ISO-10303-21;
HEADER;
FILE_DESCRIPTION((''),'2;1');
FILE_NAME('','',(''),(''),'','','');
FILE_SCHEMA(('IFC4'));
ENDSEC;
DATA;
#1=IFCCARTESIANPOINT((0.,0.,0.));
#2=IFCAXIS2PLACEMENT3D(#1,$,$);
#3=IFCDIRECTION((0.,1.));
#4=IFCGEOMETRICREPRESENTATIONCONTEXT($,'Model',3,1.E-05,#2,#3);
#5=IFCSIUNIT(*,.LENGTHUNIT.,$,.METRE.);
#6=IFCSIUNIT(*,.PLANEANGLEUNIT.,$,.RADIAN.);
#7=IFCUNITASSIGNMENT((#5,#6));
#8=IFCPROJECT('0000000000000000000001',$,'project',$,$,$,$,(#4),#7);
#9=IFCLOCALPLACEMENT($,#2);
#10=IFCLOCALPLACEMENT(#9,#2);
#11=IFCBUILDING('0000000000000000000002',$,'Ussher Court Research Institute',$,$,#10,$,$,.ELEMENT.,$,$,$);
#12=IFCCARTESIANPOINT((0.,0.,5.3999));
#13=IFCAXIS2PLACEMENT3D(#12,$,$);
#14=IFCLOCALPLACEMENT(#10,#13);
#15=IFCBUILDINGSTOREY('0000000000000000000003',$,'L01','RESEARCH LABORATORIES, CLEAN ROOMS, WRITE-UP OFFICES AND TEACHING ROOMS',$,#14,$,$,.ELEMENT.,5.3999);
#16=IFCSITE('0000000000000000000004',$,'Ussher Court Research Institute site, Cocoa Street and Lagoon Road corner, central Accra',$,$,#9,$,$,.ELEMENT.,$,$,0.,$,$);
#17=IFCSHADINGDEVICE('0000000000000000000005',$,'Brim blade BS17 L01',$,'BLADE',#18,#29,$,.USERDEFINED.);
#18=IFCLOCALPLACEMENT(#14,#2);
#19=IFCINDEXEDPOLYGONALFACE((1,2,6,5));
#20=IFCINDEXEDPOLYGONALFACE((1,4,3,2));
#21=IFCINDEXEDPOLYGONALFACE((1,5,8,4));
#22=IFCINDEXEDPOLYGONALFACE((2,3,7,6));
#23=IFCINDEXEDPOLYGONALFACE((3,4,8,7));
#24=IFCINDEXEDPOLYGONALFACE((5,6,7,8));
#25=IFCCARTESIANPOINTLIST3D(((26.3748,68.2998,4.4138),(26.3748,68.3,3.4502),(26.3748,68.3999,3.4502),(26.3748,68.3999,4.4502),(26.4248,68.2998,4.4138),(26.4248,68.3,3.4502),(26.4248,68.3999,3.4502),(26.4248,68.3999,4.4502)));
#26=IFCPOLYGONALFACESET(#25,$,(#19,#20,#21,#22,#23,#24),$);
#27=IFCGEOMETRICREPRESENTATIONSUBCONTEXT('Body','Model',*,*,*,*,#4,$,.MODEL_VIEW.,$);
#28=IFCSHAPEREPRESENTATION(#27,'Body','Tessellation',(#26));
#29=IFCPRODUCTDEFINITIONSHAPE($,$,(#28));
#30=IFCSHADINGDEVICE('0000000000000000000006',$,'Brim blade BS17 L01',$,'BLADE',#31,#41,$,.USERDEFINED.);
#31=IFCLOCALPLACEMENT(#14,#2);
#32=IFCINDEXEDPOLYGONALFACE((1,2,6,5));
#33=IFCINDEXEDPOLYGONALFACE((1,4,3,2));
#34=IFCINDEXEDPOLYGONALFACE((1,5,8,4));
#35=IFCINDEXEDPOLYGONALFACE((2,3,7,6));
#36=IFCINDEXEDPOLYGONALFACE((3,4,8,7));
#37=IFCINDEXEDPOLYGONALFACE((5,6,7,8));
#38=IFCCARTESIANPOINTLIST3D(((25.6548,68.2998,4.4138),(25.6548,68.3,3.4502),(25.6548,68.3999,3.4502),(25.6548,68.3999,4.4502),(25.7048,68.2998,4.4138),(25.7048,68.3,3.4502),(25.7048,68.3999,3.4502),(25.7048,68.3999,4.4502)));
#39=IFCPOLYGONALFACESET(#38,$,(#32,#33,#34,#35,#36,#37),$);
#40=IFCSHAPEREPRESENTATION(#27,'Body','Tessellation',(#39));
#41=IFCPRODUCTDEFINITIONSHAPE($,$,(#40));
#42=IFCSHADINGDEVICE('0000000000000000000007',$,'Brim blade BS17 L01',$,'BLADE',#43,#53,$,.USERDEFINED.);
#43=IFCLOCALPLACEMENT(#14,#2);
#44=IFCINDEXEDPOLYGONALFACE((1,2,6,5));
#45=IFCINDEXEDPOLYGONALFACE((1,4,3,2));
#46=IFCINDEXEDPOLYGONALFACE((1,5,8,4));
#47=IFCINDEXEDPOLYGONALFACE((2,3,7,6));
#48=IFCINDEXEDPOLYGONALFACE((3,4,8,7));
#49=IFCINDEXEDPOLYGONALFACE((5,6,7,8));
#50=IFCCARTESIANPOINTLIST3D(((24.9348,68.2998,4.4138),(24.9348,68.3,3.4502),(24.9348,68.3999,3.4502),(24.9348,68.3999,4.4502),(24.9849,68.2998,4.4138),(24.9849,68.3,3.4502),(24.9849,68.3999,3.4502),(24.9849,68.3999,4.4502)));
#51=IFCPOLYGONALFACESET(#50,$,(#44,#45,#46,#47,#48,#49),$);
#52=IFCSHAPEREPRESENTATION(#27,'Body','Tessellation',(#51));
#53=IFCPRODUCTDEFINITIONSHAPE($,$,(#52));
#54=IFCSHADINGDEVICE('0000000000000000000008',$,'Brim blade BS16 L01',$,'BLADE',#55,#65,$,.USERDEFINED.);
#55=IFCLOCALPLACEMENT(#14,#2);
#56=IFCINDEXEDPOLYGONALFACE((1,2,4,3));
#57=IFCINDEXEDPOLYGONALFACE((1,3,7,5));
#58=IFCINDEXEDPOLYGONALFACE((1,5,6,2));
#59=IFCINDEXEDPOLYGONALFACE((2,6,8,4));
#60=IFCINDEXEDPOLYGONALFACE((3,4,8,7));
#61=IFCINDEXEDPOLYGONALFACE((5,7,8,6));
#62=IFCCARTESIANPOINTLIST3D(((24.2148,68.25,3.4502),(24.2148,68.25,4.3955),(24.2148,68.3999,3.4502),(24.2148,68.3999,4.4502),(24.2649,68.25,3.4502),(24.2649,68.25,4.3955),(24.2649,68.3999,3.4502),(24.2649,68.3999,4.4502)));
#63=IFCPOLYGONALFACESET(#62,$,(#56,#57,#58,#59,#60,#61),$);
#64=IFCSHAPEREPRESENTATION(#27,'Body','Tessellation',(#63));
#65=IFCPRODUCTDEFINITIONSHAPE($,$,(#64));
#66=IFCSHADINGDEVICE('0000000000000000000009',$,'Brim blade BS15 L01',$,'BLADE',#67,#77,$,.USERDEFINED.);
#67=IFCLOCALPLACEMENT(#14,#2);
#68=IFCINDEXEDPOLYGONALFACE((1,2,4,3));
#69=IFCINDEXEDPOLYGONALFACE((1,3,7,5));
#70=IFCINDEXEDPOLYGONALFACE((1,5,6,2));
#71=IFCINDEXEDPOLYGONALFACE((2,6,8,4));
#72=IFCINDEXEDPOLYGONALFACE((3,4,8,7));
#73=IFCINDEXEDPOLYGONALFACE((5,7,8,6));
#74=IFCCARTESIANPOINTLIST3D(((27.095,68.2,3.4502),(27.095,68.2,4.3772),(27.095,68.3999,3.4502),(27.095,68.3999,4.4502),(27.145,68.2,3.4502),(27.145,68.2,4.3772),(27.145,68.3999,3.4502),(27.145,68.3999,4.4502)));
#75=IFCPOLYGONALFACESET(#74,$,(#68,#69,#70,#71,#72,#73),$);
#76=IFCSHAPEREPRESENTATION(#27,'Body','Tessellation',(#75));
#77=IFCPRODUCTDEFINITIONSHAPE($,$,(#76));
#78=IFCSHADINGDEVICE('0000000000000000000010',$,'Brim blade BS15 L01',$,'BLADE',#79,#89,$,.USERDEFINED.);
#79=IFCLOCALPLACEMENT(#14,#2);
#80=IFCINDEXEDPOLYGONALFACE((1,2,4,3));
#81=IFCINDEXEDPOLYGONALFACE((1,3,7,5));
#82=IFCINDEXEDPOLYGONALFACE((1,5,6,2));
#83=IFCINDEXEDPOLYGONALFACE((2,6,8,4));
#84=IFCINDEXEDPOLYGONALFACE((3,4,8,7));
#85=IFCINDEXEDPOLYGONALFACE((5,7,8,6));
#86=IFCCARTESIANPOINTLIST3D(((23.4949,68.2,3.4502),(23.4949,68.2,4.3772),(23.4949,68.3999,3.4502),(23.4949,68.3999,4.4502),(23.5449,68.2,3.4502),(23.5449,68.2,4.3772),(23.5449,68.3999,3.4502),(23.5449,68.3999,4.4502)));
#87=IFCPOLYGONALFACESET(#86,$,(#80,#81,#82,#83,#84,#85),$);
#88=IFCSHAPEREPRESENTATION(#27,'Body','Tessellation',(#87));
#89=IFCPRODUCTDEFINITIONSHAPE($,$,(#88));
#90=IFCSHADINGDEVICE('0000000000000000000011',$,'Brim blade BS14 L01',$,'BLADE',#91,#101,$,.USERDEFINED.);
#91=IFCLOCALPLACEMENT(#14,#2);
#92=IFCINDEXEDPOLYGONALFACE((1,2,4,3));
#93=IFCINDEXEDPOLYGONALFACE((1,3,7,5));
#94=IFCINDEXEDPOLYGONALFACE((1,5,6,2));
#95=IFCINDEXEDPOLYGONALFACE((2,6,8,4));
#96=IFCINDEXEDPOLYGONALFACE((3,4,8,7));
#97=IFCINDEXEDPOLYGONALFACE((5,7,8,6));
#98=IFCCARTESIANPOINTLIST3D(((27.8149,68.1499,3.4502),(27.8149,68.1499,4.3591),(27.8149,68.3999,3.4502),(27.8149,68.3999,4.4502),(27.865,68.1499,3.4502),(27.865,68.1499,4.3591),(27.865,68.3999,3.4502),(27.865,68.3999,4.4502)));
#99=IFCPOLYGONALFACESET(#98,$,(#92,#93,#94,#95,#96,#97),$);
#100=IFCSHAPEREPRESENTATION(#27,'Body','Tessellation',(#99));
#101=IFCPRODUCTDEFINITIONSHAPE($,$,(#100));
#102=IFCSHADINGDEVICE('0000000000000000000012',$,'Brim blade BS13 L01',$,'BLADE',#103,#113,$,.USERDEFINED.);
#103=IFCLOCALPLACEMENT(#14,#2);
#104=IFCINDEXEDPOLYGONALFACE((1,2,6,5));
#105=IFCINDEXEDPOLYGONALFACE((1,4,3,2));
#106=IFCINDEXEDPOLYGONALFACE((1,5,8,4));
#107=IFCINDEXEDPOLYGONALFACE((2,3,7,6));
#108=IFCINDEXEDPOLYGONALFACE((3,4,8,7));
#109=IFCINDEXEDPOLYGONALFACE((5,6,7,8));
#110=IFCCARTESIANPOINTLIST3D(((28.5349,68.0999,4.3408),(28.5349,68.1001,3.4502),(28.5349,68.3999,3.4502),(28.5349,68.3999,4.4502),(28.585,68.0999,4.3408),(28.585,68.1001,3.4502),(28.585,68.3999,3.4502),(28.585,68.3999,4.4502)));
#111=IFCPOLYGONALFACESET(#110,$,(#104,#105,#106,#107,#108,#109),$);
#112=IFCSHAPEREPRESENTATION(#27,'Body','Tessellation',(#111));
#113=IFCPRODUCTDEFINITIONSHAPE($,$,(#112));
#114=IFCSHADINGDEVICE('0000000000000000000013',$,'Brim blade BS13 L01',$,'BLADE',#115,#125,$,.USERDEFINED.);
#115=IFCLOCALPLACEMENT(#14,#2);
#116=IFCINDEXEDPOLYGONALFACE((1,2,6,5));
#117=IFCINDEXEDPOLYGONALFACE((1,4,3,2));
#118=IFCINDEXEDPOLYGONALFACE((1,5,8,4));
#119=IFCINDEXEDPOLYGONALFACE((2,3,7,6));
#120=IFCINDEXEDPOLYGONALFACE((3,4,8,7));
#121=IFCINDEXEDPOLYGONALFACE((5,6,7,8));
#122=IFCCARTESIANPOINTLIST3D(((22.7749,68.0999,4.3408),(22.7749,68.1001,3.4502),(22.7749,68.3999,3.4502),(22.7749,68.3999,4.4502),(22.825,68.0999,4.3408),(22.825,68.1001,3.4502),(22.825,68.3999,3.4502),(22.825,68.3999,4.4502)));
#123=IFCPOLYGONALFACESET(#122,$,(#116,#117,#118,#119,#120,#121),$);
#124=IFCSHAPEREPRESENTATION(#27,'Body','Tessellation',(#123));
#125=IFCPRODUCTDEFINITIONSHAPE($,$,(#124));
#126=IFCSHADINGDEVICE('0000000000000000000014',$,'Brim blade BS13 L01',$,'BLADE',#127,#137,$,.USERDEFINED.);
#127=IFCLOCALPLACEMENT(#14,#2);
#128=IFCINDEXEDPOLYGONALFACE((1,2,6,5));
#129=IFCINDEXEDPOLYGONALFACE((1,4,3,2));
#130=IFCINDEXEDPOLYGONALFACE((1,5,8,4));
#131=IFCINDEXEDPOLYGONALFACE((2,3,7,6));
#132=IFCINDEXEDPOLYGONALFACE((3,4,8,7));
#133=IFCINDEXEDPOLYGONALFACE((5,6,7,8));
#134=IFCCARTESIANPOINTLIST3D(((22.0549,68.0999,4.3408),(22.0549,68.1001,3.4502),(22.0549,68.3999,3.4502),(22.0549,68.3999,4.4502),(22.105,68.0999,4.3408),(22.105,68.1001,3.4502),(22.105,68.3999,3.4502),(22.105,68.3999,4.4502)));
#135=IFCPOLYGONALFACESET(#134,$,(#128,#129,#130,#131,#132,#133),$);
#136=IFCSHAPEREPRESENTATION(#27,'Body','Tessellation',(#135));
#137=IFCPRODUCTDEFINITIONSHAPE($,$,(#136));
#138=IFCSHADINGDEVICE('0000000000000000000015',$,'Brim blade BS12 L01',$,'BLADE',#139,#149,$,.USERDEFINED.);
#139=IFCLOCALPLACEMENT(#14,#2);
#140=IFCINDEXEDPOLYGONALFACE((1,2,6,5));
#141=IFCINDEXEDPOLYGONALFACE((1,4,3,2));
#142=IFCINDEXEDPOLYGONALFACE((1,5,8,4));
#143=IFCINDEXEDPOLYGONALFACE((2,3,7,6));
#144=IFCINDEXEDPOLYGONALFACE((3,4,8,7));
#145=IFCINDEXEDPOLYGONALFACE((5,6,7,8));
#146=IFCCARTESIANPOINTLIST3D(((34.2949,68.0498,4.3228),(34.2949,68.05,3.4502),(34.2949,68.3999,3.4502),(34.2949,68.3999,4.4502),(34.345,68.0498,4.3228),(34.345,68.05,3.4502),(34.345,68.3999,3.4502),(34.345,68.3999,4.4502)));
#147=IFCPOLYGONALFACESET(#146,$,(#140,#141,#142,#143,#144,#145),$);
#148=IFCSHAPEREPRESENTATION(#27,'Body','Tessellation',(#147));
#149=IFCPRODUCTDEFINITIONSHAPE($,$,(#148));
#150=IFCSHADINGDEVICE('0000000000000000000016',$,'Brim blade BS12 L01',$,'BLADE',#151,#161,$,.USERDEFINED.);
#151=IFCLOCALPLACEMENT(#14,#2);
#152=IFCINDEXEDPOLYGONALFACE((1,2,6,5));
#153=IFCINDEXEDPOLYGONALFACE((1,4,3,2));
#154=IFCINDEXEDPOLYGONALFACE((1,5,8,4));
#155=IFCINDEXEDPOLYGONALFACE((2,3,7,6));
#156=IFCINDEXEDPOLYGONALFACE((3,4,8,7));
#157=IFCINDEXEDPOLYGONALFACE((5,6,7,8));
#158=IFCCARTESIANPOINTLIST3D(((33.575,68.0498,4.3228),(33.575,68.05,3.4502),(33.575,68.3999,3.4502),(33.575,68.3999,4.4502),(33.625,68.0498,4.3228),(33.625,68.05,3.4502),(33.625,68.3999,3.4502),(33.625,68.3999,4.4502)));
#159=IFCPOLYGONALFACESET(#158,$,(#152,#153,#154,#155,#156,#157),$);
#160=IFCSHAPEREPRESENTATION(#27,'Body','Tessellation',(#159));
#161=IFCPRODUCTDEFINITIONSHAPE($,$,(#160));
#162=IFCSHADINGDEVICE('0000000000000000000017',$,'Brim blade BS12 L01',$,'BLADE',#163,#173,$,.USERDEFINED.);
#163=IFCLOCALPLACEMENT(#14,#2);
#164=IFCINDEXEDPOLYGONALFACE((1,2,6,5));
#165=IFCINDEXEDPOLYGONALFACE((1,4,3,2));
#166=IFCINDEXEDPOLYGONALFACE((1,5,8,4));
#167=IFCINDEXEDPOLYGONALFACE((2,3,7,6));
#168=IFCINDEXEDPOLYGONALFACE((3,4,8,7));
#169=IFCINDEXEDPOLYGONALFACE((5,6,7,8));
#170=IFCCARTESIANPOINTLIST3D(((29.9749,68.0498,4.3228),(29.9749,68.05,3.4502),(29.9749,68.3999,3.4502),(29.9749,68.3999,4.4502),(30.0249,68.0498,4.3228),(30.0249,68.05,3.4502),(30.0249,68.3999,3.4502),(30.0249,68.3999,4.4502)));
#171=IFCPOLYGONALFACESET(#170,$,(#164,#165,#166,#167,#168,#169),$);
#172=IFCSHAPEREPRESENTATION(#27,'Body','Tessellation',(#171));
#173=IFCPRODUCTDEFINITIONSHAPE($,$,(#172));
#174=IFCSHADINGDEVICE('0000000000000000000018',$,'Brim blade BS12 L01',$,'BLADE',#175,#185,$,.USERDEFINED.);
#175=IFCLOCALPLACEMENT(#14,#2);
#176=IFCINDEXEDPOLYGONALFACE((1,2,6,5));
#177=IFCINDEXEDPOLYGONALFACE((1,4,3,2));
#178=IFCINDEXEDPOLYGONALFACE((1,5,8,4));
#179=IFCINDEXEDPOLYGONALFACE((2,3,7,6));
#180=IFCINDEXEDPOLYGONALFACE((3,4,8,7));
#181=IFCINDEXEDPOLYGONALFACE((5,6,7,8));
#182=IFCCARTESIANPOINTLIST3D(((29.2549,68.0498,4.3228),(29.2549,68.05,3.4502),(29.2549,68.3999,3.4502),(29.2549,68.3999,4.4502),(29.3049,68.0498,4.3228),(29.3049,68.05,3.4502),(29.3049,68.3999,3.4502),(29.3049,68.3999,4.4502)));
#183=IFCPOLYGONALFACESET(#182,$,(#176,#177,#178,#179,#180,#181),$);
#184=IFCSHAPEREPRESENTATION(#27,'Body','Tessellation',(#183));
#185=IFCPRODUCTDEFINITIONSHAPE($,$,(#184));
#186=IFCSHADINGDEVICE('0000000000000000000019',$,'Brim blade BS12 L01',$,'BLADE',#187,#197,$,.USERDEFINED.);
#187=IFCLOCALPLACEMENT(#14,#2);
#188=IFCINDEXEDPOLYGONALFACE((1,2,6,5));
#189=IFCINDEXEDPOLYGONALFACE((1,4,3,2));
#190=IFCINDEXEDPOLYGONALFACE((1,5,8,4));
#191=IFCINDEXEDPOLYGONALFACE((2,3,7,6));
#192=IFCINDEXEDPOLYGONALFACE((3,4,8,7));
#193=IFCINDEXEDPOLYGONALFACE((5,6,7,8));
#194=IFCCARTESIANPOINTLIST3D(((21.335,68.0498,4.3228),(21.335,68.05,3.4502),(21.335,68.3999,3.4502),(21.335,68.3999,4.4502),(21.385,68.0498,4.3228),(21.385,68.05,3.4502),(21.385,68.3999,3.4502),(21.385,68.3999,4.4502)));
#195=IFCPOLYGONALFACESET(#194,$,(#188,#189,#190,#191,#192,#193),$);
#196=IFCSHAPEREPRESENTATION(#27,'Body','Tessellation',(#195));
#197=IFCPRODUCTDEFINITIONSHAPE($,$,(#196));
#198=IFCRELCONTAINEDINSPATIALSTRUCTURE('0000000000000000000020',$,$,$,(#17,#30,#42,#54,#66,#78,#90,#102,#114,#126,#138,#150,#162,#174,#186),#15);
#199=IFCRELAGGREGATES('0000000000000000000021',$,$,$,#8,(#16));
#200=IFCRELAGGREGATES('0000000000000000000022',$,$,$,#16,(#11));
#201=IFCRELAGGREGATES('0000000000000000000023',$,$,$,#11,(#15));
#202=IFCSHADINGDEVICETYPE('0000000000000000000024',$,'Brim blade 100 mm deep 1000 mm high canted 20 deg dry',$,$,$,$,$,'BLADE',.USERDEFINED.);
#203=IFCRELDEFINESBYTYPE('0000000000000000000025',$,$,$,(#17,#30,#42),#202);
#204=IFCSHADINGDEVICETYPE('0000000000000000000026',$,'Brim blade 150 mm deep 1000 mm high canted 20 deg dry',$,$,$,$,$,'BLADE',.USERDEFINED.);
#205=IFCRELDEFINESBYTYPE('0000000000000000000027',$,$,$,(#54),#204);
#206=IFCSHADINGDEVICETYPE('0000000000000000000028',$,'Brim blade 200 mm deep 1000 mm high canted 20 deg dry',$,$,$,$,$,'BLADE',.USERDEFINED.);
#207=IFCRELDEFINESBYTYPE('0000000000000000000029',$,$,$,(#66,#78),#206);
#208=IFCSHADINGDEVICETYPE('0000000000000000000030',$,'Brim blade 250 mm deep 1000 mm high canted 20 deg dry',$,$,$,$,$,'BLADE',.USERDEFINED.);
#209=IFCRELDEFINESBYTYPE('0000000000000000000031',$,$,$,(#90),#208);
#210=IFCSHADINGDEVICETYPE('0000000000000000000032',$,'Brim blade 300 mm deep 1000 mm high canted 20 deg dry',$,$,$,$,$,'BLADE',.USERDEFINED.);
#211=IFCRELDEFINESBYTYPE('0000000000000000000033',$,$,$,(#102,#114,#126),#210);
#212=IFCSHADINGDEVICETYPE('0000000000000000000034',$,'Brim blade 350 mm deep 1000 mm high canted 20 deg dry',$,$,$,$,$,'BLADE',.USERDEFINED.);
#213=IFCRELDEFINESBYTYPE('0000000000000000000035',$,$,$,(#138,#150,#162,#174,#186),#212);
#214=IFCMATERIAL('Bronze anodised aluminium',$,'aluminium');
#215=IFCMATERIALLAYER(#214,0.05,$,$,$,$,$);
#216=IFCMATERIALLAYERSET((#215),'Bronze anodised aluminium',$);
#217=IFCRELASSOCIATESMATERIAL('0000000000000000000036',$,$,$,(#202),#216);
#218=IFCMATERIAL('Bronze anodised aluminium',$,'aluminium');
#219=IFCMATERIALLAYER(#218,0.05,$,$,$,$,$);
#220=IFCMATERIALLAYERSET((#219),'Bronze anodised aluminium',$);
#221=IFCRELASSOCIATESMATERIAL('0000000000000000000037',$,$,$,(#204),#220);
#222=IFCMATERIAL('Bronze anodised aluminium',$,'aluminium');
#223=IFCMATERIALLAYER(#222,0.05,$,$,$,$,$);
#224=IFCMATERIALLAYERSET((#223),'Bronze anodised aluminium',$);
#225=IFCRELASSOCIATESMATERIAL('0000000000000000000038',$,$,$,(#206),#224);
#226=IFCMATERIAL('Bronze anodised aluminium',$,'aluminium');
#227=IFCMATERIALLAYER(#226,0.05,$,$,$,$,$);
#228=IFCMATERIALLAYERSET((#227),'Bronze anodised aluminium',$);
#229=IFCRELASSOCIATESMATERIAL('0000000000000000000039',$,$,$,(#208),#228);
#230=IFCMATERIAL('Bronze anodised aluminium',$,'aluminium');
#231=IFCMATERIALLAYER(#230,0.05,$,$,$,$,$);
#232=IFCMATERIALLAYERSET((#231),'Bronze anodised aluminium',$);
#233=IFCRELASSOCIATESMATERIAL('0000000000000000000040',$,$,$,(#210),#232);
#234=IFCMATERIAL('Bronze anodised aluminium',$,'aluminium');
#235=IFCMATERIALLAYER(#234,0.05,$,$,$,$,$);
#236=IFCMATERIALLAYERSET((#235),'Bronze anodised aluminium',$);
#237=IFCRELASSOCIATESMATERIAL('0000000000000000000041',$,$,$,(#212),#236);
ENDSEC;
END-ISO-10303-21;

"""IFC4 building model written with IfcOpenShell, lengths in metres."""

from ifc_helpers import new_model, si_unit, direction, frame, origin, place, context, subcontext, project, spatial, polyline, outline, extrude, material, layer, layer_set, type_object, element, save


model = new_model("IFC4")

# Units and contexts
model_context = context("Model", 3, precision=1e-05, world=origin(), true_north=direction((0.0, 1.0)))
body_context = subcontext(model_context, "Body", "Model", "MODEL_VIEW")
ifc_project = project(units=[si_unit("LENGTHUNIT", "METRE"), si_unit("PLANEANGLEUNIT", "RADIAN")], contexts=[model_context])

# Site, building, storey
site_placement = place(None, origin())
site = spatial("IfcSite", under=ifc_project, at=site_placement, Name="Ussher Court Research Institute site, Cocoa Street and Lagoon Road corner, central Accra", CompositionType="ELEMENT", RefElevation=0.0)
building_placement = place(site_placement, origin())
building = spatial("IfcBuilding", under=site, at=building_placement, Name="Ussher Court Research Institute", CompositionType="ELEMENT")
storey_placement = place(building_placement, frame((0.0, 0.0, 5.3999)))
storey = spatial("IfcBuildingStorey", under=building, at=storey_placement, Name="L01", Description="RESEARCH LABORATORIES, CLEAN ROOMS, WRITE-UP OFFICES AND TEACHING ROOMS", CompositionType="ELEMENT", Elevation=5.3999)

# Shading devices
ifc_material_1 = material(Name="Bronze anodised aluminium", Category="aluminium")
ifc_layer_1 = layer(ifc_material_1, 0.05)
ifc_layer_set_1 = layer_set([ifc_layer_1], Name="Bronze anodised aluminium")
shading_device_type_1 = type_object("IfcShadingDeviceType", Name="Brim blade 100 mm deep 1000 mm high canted 20 deg dry", ElementType="BLADE", PredefinedType="USERDEFINED", material=ifc_layer_set_1)
for number, where, z_axis, x_axis, name in (
    (1, (26.3999, 68.3999, 3.4502), (0.0, 0.0, 1.0), (0.0, -1.0, 0.0), "Brim blade BS17 L01"),
    (2, (25.6799, 68.3999, 3.4502), (0.0, 0.0, 1.0), (0.0, -1.0, 0.0), "Brim blade BS17 L01"),
    (3, (24.96, 68.3999, 3.4502), (0.0, 0.0, 1.0), (0.0, -1.0, 0.0), "Brim blade BS17 L01"),
):
    element("IfcShadingDevice", number, at=place(storey_placement, frame(where, z_axis=z_axis, x_axis=x_axis)), inside=storey, type_object=shading_device_type_1, Name=name, ObjectType="BLADE", PredefinedType="USERDEFINED", context=body_context, shape_type="SweptSolid", body=[
        extrude(outline(polyline([(0.0, 0.0), (0.0999, 0.0), (0.1001, 0.9636), (0.0, 1.0), (0.0, 0.0)])), frame((0.0, 0.0249, 0.0), z_axis=(0.0, -1.0, 0.0), x_axis=(1.0, 0.0, 0.0)), (0.0, 0.0, 1.0), 0.05),
    ])
ifc_material_2 = material(Name="Bronze anodised aluminium", Category="aluminium")
ifc_layer_2 = layer(ifc_material_2, 0.05)
ifc_layer_set_2 = layer_set([ifc_layer_2], Name="Bronze anodised aluminium")
shading_device_type_2 = type_object("IfcShadingDeviceType", Name="Brim blade 150 mm deep 1000 mm high canted 20 deg dry", ElementType="BLADE", PredefinedType="USERDEFINED", material=ifc_layer_set_2)
shading_device_1_placement = place(storey_placement, frame((24.24, 68.3999, 3.4502), z_axis=(0.0, 0.0, 1.0), x_axis=(0.0, -1.0, 0.0)))
element("IfcShadingDevice", 4, at=shading_device_1_placement, inside=storey, type_object=shading_device_type_2, Name="Brim blade BS16 L01", ObjectType="BLADE", PredefinedType="USERDEFINED", context=body_context, shape_type="SweptSolid", body=[
    extrude(outline(polyline([(0.0, 0.0), (0.1499, 0.0), (0.1499, 0.9453), (0.0, 1.0), (0.0, 0.0)])), frame((0.0, 0.0249, 0.0), z_axis=(0.0, -1.0, 0.0), x_axis=(1.0, 0.0, 0.0)), (0.0, 0.0, 1.0), 0.05),
])
ifc_material_3 = material(Name="Bronze anodised aluminium", Category="aluminium")
ifc_layer_3 = layer(ifc_material_3, 0.05)
ifc_layer_set_3 = layer_set([ifc_layer_3], Name="Bronze anodised aluminium")
shading_device_type_3 = type_object("IfcShadingDeviceType", Name="Brim blade 200 mm deep 1000 mm high canted 20 deg dry", ElementType="BLADE", PredefinedType="USERDEFINED", material=ifc_layer_set_3)
for number, where, z_axis, x_axis, name in (
    (5, (27.1201, 68.3999, 3.4502), (0.0, 0.0, 1.0), (0.0, -1.0, 0.0), "Brim blade BS15 L01"),
    (6, (23.52, 68.3999, 3.4502), (0.0, 0.0, 1.0), (0.0, -1.0, 0.0), "Brim blade BS15 L01"),
):
    element("IfcShadingDevice", number, at=place(storey_placement, frame(where, z_axis=z_axis, x_axis=x_axis)), inside=storey, type_object=shading_device_type_3, Name=name, ObjectType="BLADE", PredefinedType="USERDEFINED", context=body_context, shape_type="SweptSolid", body=[
        extrude(outline(polyline([(0.0, 0.0), (0.2, 0.0), (0.2, 0.927), (0.0, 1.0), (0.0, 0.0)])), frame((0.0, 0.0249, 0.0), z_axis=(0.0, -1.0, 0.0), x_axis=(1.0, 0.0, 0.0)), (0.0, 0.0, 1.0), 0.05),
    ])
ifc_material_4 = material(Name="Bronze anodised aluminium", Category="aluminium")
ifc_layer_4 = layer(ifc_material_4, 0.05)
ifc_layer_set_4 = layer_set([ifc_layer_4], Name="Bronze anodised aluminium")
shading_device_type_4 = type_object("IfcShadingDeviceType", Name="Brim blade 250 mm deep 1000 mm high canted 20 deg dry", ElementType="BLADE", PredefinedType="USERDEFINED", material=ifc_layer_set_4)
shading_device_2_placement = place(storey_placement, frame((27.8401, 68.3999, 3.4502), z_axis=(0.0, 0.0, 1.0), x_axis=(0.0, -1.0, 0.0)))
element("IfcShadingDevice", 7, at=shading_device_2_placement, inside=storey, type_object=shading_device_type_4, Name="Brim blade BS14 L01", ObjectType="BLADE", PredefinedType="USERDEFINED", context=body_context, shape_type="SweptSolid", body=[
    extrude(outline(polyline([(0.0, 0.0), (0.25, 0.0), (0.25, 0.9089), (0.0, 1.0), (0.0, 0.0)])), frame((0.0, 0.0249, 0.0), z_axis=(0.0, -1.0, 0.0), x_axis=(1.0, 0.0, 0.0)), (0.0, 0.0, 1.0), 0.05),
])
ifc_material_5 = material(Name="Bronze anodised aluminium", Category="aluminium")
ifc_layer_5 = layer(ifc_material_5, 0.05)
ifc_layer_set_5 = layer_set([ifc_layer_5], Name="Bronze anodised aluminium")
shading_device_type_5 = type_object("IfcShadingDeviceType", Name="Brim blade 300 mm deep 1000 mm high canted 20 deg dry", ElementType="BLADE", PredefinedType="USERDEFINED", material=ifc_layer_set_5)
for number, where, z_axis, x_axis, name in (
    (8, (28.5601, 68.3999, 3.4502), (0.0, 0.0, 1.0), (0.0, -1.0, 0.0), "Brim blade BS13 L01"),
    (9, (22.8, 68.3999, 3.4502), (0.0, 0.0, 1.0), (0.0, -1.0, 0.0), "Brim blade BS13 L01"),
    (10, (22.0801, 68.3999, 3.4502), (0.0, 0.0, 1.0), (0.0, -1.0, 0.0), "Brim blade BS13 L01"),
):
    element("IfcShadingDevice", number, at=place(storey_placement, frame(where, z_axis=z_axis, x_axis=x_axis)), inside=storey, type_object=shading_device_type_5, Name=name, ObjectType="BLADE", PredefinedType="USERDEFINED", context=body_context, shape_type="SweptSolid", body=[
        extrude(outline(polyline([(0.0, 0.0), (0.2998, 0.0), (0.3, 0.8906), (0.0, 1.0), (0.0, 0.0)])), frame((0.0, 0.0249, 0.0), z_axis=(0.0, -1.0, 0.0), x_axis=(1.0, 0.0, 0.0)), (0.0, 0.0, 1.0), 0.05),
    ])
ifc_material_6 = material(Name="Bronze anodised aluminium", Category="aluminium")
ifc_layer_6 = layer(ifc_material_6, 0.05)
ifc_layer_set_6 = layer_set([ifc_layer_6], Name="Bronze anodised aluminium")
shading_device_type_6 = type_object("IfcShadingDeviceType", Name="Brim blade 350 mm deep 1000 mm high canted 20 deg dry", ElementType="BLADE", PredefinedType="USERDEFINED", material=ifc_layer_set_6)
for number, where, z_axis, x_axis, name in (
    (11, (34.3201, 68.3999, 3.4502), (0.0, 0.0, 1.0), (0.0, -1.0, 0.0), "Brim blade BS12 L01"),
    (12, (33.6001, 68.3999, 3.4502), (0.0, 0.0, 1.0), (0.0, -1.0, 0.0), "Brim blade BS12 L01"),
    (13, (30.0, 68.3999, 3.4502), (0.0, 0.0, 1.0), (0.0, -1.0, 0.0), "Brim blade BS12 L01"),
    (14, (29.28, 68.3999, 3.4502), (0.0, 0.0, 1.0), (0.0, -1.0, 0.0), "Brim blade BS12 L01"),
    (15, (21.3601, 68.3999, 3.4502), (0.0, 0.0, 1.0), (0.0, -1.0, 0.0), "Brim blade BS12 L01"),
):
    element("IfcShadingDevice", number, at=place(storey_placement, frame(where, z_axis=z_axis, x_axis=x_axis)), inside=storey, type_object=shading_device_type_6, Name=name, ObjectType="BLADE", PredefinedType="USERDEFINED", context=body_context, shape_type="SweptSolid", body=[
        extrude(outline(polyline([(0.0, 0.0), (0.3499, 0.0), (0.3501, 0.8726), (0.0, 1.0), (0.0, 0.0)])), frame((0.0, 0.0249, 0.0), z_axis=(0.0, -1.0, 0.0), x_axis=(1.0, 0.0, 0.0)), (0.0, 0.0, 1.0), 0.05),
    ])

save(model, "model.ifc")
